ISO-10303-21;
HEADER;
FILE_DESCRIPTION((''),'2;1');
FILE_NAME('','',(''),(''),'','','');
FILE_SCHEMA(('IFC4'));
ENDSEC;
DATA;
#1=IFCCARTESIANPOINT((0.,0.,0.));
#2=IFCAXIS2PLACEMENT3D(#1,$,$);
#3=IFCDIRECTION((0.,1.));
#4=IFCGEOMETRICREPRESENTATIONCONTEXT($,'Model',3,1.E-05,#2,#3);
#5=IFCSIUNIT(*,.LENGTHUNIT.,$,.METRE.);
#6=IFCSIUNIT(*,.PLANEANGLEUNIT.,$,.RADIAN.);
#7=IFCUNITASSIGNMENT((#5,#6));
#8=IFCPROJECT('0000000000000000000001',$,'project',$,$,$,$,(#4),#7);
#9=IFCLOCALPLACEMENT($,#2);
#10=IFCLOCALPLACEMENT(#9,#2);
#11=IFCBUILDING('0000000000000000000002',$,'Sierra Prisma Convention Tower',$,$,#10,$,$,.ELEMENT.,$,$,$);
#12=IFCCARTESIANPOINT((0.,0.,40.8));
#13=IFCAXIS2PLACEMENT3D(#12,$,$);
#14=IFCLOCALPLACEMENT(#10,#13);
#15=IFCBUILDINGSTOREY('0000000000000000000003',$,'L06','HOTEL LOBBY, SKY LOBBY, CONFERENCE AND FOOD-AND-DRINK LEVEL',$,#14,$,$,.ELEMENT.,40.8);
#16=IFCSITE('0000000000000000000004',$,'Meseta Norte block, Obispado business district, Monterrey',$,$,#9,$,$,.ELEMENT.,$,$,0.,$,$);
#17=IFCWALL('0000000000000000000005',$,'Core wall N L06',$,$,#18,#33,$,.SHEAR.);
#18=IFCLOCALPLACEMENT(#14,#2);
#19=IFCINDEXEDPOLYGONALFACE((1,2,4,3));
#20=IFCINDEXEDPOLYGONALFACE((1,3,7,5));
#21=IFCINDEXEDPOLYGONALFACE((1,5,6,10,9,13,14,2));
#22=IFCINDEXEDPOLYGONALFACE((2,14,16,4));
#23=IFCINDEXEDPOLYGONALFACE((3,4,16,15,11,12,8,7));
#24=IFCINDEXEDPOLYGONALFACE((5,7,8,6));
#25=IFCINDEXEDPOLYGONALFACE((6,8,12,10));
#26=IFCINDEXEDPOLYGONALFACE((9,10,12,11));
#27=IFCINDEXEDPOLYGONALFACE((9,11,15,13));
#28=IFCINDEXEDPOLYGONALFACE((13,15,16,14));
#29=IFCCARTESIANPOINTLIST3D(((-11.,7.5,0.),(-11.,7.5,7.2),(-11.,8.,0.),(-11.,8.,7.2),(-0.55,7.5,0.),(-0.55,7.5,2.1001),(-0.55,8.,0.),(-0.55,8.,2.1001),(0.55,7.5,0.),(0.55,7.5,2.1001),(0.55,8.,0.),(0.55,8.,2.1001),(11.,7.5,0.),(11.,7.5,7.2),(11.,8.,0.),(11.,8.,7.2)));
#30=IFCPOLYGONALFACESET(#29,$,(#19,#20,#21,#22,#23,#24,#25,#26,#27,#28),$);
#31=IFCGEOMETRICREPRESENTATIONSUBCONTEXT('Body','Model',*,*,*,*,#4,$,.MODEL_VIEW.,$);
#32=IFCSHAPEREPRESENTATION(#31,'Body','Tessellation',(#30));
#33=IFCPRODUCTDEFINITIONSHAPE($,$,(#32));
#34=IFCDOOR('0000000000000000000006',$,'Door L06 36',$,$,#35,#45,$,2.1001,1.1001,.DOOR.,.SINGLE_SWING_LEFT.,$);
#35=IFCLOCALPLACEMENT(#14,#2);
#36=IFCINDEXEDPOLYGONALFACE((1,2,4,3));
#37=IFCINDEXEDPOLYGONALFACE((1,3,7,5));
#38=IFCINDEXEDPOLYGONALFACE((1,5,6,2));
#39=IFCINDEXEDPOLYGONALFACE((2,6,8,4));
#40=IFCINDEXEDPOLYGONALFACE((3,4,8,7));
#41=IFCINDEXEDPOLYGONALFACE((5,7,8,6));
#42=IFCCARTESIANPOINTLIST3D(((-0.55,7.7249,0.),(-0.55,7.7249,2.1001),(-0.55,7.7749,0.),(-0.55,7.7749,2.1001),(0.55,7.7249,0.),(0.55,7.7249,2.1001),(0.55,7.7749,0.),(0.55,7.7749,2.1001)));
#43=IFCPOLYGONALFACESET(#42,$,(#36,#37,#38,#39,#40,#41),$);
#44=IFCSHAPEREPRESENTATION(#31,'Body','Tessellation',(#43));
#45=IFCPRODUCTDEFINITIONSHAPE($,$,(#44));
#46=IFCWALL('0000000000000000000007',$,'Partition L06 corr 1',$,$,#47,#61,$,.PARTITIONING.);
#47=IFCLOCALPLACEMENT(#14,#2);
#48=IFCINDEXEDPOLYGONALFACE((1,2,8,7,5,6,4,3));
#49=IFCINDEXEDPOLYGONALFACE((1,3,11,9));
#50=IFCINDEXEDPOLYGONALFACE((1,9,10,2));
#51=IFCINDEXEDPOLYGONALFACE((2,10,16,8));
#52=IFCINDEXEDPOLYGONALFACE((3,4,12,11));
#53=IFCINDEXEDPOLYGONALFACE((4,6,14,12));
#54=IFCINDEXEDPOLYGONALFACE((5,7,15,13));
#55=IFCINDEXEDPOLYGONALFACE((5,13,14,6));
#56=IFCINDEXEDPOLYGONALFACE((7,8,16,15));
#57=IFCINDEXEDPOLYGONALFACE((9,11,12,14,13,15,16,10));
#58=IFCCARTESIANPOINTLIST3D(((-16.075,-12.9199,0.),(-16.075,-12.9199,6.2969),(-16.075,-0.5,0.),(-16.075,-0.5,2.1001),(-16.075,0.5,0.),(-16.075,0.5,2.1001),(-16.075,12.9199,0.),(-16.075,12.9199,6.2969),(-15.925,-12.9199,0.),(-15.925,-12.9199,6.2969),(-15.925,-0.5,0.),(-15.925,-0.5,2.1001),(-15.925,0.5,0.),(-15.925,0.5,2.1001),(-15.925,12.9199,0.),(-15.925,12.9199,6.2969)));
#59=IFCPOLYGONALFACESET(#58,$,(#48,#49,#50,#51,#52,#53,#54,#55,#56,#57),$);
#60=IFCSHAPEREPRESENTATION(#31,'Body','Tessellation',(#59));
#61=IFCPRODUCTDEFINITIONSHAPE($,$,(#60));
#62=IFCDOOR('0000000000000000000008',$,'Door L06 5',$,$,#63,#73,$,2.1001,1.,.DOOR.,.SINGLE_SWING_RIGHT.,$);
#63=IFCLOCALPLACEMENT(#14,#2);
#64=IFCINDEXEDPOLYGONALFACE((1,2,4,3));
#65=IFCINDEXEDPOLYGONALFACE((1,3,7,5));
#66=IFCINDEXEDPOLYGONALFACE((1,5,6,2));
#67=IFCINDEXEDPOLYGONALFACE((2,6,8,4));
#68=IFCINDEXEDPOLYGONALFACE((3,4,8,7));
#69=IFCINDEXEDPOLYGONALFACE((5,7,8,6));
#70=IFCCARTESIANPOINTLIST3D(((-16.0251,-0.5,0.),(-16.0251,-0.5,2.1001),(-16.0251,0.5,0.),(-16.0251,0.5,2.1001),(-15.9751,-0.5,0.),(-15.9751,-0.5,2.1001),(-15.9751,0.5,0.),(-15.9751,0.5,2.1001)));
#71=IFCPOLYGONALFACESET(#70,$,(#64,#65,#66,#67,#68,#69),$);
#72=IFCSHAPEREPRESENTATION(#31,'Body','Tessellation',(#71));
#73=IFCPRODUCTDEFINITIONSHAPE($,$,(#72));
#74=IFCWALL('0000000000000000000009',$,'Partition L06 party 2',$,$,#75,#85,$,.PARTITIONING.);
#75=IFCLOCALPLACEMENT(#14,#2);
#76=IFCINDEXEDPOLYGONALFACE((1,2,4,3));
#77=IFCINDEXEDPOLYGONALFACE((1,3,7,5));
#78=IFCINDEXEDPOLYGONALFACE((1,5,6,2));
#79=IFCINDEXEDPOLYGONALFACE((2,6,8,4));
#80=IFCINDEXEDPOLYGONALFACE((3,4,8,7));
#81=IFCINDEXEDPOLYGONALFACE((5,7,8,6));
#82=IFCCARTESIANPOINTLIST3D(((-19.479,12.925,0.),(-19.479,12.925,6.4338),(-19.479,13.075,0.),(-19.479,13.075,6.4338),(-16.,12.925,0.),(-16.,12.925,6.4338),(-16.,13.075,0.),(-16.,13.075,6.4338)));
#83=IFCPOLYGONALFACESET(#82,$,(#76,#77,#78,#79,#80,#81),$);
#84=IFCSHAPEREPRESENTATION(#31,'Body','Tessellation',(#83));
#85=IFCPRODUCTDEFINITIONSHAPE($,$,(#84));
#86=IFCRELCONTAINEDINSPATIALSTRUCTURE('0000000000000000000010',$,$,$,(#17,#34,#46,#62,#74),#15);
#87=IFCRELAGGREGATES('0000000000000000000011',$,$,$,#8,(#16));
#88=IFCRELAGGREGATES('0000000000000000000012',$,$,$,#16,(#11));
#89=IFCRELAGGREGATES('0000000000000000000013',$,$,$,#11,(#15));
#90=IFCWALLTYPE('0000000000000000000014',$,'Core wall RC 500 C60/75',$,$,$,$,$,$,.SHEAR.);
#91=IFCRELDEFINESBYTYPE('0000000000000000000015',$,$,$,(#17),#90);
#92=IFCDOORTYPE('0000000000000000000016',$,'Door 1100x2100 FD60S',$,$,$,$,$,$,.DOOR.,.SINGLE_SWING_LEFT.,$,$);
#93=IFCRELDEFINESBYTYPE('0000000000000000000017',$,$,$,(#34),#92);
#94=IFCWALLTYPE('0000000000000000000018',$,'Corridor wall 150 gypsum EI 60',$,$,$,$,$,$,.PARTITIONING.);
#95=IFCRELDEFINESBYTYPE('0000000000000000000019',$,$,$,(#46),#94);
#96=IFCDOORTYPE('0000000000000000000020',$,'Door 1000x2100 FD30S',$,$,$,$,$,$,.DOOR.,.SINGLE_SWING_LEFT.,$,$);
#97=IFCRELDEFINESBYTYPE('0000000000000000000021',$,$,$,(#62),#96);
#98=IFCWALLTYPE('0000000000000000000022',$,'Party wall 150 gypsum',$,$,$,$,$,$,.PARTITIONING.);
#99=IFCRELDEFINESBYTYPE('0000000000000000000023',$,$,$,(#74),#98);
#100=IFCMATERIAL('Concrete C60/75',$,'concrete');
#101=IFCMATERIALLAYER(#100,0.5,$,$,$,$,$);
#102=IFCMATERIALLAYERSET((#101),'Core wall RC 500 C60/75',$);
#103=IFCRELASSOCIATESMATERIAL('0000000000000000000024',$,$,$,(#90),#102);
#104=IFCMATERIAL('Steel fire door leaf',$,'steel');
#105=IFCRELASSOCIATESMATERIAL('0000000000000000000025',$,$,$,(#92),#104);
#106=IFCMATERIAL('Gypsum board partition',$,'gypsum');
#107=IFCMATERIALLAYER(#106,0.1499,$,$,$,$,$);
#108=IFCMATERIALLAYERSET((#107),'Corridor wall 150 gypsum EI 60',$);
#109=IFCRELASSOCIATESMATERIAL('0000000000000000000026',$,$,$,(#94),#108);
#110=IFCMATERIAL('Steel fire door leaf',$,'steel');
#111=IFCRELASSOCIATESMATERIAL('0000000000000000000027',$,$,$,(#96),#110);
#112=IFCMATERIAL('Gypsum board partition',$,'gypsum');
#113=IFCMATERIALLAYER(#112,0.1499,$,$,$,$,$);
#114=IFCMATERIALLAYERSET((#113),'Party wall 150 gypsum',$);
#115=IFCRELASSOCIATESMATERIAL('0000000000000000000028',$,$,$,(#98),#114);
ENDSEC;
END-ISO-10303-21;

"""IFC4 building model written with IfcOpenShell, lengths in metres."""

from ifc_helpers import new_model, si_unit, direction, frame, frame_2d, origin, place, context, subcontext, project, spatial, rectangle, extrude, material, layer, layer_set, type_object, element, fill, save


model = new_model("IFC4")

# Units and contexts
model_context = context("Model", 3, precision=1e-05, world=origin(), true_north=direction((0.0, 1.0)))
body_context = subcontext(model_context, "Body", "Model", "MODEL_VIEW")
ifc_project = project(units=[si_unit("LENGTHUNIT", "METRE"), si_unit("PLANEANGLEUNIT", "RADIAN")], contexts=[model_context])

# Site, building, storey
site_placement = place(None, origin())
site = spatial("IfcSite", under=ifc_project, at=site_placement, Name="Meseta Norte block, Obispado business district, Monterrey", CompositionType="ELEMENT", RefElevation=0.0)
building_placement = place(site_placement, origin())
building = spatial("IfcBuilding", under=site, at=building_placement, Name="Sierra Prisma Convention Tower", CompositionType="ELEMENT")
storey_placement = place(building_placement, frame((0.0, 0.0, 40.8)))
storey = spatial("IfcBuildingStorey", under=building, at=storey_placement, Name="L06", Description="HOTEL LOBBY, SKY LOBBY, CONFERENCE AND FOOD-AND-DRINK LEVEL", CompositionType="ELEMENT", Elevation=40.8)

# Walls, openings, doors
ifc_material_1 = material(Name="Concrete C60/75", Category="concrete")
ifc_layer_1 = layer(ifc_material_1, 0.5)
ifc_layer_set_1 = layer_set([ifc_layer_1], Name="Core wall RC 500 C60/75")
wall_type_1 = type_object("IfcWallType", Name="Core wall RC 500 C60/75", PredefinedType="SHEAR", material=ifc_layer_set_1)
wall_1_placement = place(storey_placement, frame((-11.0, 7.75, 0.0), z_axis=(0.0, 0.0, 1.0), x_axis=(1.0, 0.0, 0.0)))
wall_1 = element("IfcWall", 1, at=wall_1_placement, inside=storey, type_object=wall_type_1, Name="Core wall N L06", PredefinedType="SHEAR", context=body_context, shape_type="SweptSolid", body=[
    extrude(rectangle(XDim=22.0, YDim=0.5, at=frame_2d((11.0, 0.0))), origin(), (0.0, 0.0, 1.0), 7.2),
])
opening_1_placement = place(wall_1_placement, frame((10.45, 0.0, 0.0)))
opening_1 = element("IfcOpeningElement", 2, at=opening_1_placement, cuts=wall_1, PredefinedType="OPENING", context=body_context, shape_type="SweptSolid", body=[
    extrude(rectangle(XDim=1.1001, YDim=2.1001, at=frame_2d((0.55, 1.05))), frame((0.0, 0.25, 0.0), z_axis=(0.0, -1.0, 0.0), x_axis=(1.0, 0.0, 0.0)), (0.0, 0.0, 1.0), 0.5),
])
ifc_material_2 = material(Name="Steel fire door leaf", Category="steel")
door_type_1 = type_object("IfcDoorType", Name="Door 1100x2100 FD60S", OperationType="SINGLE_SWING_LEFT", PredefinedType="DOOR", material=ifc_material_2)
door_1_placement = place(opening_1_placement, origin())
door_1 = element("IfcDoor", 3, at=door_1_placement, inside=storey, type_object=door_type_1, Name="Door L06 36", OperationType="SINGLE_SWING_LEFT", OverallHeight=2.1001, OverallWidth=1.1001, PredefinedType="DOOR", context=body_context, shape_type="SweptSolid", body=[
    extrude(rectangle(XDim=1.1001, YDim=2.1001, at=frame_2d((0.55, 1.05))), frame((0.0, 0.0249, 0.0), z_axis=(0.0, -1.0, 0.0), x_axis=(1.0, 0.0, 0.0)), (0.0, 0.0, 1.0), 0.05),
])
fill(opening_1, door_1)
ifc_material_3 = material(Name="Gypsum board partition", Category="gypsum")
ifc_layer_2 = layer(ifc_material_3, 0.1499)
ifc_layer_set_2 = layer_set([ifc_layer_2], Name="Corridor wall 150 gypsum EI 60")
wall_type_2 = type_object("IfcWallType", Name="Corridor wall 150 gypsum EI 60", PredefinedType="PARTITIONING", material=ifc_layer_set_2)
wall_2_placement = place(storey_placement, frame((-16.0, 12.9199, 0.0), z_axis=(0.0, 0.0, 1.0), x_axis=(0.0, -1.0, 0.0)))
wall_2 = element("IfcWall", 4, at=wall_2_placement, inside=storey, type_object=wall_type_2, Name="Partition L06 corr 1", PredefinedType="PARTITIONING", context=body_context, shape_type="SweptSolid", body=[
    extrude(rectangle(XDim=25.8398, YDim=0.1499, at=frame_2d((12.9199, 0.0))), origin(), (0.0, 0.0, 1.0), 6.2969),
])
opening_2_placement = place(wall_2_placement, frame((12.4199, 0.0, 0.0)))
opening_2 = element("IfcOpeningElement", 5, at=opening_2_placement, cuts=wall_2, PredefinedType="OPENING", context=body_context, shape_type="SweptSolid", body=[
    extrude(rectangle(XDim=1.0, YDim=2.1001, at=frame_2d((0.5, 1.05))), frame((0.0, 0.075, 0.0), z_axis=(0.0, -1.0, 0.0), x_axis=(1.0, 0.0, 0.0)), (0.0, 0.0, 1.0), 0.1499),
])
ifc_material_4 = material(Name="Steel fire door leaf", Category="steel")
door_type_2 = type_object("IfcDoorType", Name="Door 1000x2100 FD30S", OperationType="SINGLE_SWING_LEFT", PredefinedType="DOOR", material=ifc_material_4)
door_2_placement = place(opening_2_placement, origin())
door_2 = element("IfcDoor", 6, at=door_2_placement, inside=storey, type_object=door_type_2, Name="Door L06 5", OperationType="SINGLE_SWING_RIGHT", OverallHeight=2.1001, OverallWidth=1.0, PredefinedType="DOOR", context=body_context, shape_type="SweptSolid", body=[
    extrude(rectangle(XDim=1.0, YDim=2.1001, at=frame_2d((0.5, 1.05))), frame((0.0, 0.0249, 0.0), z_axis=(0.0, -1.0, 0.0), x_axis=(1.0, 0.0, 0.0)), (0.0, 0.0, 1.0), 0.05),
])
fill(opening_2, door_2)

# Wall
ifc_material_5 = material(Name="Gypsum board partition", Category="gypsum")
ifc_layer_3 = layer(ifc_material_5, 0.1499)
ifc_layer_set_3 = layer_set([ifc_layer_3], Name="Party wall 150 gypsum")
wall_type_3 = type_object("IfcWallType", Name="Party wall 150 gypsum", PredefinedType="PARTITIONING", material=ifc_layer_set_3)
wall_3_placement = place(storey_placement, frame((-16.0, 13.0, 0.0), z_axis=(0.0, 0.0, 1.0), x_axis=(-1.0, 0.0, 0.0)))
element("IfcWall", 7, at=wall_3_placement, inside=storey, type_object=wall_type_3, Name="Partition L06 party 2", PredefinedType="PARTITIONING", context=body_context, shape_type="SweptSolid", body=[
    extrude(rectangle(XDim=3.479, YDim=0.1499, at=frame_2d((1.7395, 0.0))), origin(), (0.0, 0.0, 1.0), 6.4338),
])

save(model, "model.ifc")
